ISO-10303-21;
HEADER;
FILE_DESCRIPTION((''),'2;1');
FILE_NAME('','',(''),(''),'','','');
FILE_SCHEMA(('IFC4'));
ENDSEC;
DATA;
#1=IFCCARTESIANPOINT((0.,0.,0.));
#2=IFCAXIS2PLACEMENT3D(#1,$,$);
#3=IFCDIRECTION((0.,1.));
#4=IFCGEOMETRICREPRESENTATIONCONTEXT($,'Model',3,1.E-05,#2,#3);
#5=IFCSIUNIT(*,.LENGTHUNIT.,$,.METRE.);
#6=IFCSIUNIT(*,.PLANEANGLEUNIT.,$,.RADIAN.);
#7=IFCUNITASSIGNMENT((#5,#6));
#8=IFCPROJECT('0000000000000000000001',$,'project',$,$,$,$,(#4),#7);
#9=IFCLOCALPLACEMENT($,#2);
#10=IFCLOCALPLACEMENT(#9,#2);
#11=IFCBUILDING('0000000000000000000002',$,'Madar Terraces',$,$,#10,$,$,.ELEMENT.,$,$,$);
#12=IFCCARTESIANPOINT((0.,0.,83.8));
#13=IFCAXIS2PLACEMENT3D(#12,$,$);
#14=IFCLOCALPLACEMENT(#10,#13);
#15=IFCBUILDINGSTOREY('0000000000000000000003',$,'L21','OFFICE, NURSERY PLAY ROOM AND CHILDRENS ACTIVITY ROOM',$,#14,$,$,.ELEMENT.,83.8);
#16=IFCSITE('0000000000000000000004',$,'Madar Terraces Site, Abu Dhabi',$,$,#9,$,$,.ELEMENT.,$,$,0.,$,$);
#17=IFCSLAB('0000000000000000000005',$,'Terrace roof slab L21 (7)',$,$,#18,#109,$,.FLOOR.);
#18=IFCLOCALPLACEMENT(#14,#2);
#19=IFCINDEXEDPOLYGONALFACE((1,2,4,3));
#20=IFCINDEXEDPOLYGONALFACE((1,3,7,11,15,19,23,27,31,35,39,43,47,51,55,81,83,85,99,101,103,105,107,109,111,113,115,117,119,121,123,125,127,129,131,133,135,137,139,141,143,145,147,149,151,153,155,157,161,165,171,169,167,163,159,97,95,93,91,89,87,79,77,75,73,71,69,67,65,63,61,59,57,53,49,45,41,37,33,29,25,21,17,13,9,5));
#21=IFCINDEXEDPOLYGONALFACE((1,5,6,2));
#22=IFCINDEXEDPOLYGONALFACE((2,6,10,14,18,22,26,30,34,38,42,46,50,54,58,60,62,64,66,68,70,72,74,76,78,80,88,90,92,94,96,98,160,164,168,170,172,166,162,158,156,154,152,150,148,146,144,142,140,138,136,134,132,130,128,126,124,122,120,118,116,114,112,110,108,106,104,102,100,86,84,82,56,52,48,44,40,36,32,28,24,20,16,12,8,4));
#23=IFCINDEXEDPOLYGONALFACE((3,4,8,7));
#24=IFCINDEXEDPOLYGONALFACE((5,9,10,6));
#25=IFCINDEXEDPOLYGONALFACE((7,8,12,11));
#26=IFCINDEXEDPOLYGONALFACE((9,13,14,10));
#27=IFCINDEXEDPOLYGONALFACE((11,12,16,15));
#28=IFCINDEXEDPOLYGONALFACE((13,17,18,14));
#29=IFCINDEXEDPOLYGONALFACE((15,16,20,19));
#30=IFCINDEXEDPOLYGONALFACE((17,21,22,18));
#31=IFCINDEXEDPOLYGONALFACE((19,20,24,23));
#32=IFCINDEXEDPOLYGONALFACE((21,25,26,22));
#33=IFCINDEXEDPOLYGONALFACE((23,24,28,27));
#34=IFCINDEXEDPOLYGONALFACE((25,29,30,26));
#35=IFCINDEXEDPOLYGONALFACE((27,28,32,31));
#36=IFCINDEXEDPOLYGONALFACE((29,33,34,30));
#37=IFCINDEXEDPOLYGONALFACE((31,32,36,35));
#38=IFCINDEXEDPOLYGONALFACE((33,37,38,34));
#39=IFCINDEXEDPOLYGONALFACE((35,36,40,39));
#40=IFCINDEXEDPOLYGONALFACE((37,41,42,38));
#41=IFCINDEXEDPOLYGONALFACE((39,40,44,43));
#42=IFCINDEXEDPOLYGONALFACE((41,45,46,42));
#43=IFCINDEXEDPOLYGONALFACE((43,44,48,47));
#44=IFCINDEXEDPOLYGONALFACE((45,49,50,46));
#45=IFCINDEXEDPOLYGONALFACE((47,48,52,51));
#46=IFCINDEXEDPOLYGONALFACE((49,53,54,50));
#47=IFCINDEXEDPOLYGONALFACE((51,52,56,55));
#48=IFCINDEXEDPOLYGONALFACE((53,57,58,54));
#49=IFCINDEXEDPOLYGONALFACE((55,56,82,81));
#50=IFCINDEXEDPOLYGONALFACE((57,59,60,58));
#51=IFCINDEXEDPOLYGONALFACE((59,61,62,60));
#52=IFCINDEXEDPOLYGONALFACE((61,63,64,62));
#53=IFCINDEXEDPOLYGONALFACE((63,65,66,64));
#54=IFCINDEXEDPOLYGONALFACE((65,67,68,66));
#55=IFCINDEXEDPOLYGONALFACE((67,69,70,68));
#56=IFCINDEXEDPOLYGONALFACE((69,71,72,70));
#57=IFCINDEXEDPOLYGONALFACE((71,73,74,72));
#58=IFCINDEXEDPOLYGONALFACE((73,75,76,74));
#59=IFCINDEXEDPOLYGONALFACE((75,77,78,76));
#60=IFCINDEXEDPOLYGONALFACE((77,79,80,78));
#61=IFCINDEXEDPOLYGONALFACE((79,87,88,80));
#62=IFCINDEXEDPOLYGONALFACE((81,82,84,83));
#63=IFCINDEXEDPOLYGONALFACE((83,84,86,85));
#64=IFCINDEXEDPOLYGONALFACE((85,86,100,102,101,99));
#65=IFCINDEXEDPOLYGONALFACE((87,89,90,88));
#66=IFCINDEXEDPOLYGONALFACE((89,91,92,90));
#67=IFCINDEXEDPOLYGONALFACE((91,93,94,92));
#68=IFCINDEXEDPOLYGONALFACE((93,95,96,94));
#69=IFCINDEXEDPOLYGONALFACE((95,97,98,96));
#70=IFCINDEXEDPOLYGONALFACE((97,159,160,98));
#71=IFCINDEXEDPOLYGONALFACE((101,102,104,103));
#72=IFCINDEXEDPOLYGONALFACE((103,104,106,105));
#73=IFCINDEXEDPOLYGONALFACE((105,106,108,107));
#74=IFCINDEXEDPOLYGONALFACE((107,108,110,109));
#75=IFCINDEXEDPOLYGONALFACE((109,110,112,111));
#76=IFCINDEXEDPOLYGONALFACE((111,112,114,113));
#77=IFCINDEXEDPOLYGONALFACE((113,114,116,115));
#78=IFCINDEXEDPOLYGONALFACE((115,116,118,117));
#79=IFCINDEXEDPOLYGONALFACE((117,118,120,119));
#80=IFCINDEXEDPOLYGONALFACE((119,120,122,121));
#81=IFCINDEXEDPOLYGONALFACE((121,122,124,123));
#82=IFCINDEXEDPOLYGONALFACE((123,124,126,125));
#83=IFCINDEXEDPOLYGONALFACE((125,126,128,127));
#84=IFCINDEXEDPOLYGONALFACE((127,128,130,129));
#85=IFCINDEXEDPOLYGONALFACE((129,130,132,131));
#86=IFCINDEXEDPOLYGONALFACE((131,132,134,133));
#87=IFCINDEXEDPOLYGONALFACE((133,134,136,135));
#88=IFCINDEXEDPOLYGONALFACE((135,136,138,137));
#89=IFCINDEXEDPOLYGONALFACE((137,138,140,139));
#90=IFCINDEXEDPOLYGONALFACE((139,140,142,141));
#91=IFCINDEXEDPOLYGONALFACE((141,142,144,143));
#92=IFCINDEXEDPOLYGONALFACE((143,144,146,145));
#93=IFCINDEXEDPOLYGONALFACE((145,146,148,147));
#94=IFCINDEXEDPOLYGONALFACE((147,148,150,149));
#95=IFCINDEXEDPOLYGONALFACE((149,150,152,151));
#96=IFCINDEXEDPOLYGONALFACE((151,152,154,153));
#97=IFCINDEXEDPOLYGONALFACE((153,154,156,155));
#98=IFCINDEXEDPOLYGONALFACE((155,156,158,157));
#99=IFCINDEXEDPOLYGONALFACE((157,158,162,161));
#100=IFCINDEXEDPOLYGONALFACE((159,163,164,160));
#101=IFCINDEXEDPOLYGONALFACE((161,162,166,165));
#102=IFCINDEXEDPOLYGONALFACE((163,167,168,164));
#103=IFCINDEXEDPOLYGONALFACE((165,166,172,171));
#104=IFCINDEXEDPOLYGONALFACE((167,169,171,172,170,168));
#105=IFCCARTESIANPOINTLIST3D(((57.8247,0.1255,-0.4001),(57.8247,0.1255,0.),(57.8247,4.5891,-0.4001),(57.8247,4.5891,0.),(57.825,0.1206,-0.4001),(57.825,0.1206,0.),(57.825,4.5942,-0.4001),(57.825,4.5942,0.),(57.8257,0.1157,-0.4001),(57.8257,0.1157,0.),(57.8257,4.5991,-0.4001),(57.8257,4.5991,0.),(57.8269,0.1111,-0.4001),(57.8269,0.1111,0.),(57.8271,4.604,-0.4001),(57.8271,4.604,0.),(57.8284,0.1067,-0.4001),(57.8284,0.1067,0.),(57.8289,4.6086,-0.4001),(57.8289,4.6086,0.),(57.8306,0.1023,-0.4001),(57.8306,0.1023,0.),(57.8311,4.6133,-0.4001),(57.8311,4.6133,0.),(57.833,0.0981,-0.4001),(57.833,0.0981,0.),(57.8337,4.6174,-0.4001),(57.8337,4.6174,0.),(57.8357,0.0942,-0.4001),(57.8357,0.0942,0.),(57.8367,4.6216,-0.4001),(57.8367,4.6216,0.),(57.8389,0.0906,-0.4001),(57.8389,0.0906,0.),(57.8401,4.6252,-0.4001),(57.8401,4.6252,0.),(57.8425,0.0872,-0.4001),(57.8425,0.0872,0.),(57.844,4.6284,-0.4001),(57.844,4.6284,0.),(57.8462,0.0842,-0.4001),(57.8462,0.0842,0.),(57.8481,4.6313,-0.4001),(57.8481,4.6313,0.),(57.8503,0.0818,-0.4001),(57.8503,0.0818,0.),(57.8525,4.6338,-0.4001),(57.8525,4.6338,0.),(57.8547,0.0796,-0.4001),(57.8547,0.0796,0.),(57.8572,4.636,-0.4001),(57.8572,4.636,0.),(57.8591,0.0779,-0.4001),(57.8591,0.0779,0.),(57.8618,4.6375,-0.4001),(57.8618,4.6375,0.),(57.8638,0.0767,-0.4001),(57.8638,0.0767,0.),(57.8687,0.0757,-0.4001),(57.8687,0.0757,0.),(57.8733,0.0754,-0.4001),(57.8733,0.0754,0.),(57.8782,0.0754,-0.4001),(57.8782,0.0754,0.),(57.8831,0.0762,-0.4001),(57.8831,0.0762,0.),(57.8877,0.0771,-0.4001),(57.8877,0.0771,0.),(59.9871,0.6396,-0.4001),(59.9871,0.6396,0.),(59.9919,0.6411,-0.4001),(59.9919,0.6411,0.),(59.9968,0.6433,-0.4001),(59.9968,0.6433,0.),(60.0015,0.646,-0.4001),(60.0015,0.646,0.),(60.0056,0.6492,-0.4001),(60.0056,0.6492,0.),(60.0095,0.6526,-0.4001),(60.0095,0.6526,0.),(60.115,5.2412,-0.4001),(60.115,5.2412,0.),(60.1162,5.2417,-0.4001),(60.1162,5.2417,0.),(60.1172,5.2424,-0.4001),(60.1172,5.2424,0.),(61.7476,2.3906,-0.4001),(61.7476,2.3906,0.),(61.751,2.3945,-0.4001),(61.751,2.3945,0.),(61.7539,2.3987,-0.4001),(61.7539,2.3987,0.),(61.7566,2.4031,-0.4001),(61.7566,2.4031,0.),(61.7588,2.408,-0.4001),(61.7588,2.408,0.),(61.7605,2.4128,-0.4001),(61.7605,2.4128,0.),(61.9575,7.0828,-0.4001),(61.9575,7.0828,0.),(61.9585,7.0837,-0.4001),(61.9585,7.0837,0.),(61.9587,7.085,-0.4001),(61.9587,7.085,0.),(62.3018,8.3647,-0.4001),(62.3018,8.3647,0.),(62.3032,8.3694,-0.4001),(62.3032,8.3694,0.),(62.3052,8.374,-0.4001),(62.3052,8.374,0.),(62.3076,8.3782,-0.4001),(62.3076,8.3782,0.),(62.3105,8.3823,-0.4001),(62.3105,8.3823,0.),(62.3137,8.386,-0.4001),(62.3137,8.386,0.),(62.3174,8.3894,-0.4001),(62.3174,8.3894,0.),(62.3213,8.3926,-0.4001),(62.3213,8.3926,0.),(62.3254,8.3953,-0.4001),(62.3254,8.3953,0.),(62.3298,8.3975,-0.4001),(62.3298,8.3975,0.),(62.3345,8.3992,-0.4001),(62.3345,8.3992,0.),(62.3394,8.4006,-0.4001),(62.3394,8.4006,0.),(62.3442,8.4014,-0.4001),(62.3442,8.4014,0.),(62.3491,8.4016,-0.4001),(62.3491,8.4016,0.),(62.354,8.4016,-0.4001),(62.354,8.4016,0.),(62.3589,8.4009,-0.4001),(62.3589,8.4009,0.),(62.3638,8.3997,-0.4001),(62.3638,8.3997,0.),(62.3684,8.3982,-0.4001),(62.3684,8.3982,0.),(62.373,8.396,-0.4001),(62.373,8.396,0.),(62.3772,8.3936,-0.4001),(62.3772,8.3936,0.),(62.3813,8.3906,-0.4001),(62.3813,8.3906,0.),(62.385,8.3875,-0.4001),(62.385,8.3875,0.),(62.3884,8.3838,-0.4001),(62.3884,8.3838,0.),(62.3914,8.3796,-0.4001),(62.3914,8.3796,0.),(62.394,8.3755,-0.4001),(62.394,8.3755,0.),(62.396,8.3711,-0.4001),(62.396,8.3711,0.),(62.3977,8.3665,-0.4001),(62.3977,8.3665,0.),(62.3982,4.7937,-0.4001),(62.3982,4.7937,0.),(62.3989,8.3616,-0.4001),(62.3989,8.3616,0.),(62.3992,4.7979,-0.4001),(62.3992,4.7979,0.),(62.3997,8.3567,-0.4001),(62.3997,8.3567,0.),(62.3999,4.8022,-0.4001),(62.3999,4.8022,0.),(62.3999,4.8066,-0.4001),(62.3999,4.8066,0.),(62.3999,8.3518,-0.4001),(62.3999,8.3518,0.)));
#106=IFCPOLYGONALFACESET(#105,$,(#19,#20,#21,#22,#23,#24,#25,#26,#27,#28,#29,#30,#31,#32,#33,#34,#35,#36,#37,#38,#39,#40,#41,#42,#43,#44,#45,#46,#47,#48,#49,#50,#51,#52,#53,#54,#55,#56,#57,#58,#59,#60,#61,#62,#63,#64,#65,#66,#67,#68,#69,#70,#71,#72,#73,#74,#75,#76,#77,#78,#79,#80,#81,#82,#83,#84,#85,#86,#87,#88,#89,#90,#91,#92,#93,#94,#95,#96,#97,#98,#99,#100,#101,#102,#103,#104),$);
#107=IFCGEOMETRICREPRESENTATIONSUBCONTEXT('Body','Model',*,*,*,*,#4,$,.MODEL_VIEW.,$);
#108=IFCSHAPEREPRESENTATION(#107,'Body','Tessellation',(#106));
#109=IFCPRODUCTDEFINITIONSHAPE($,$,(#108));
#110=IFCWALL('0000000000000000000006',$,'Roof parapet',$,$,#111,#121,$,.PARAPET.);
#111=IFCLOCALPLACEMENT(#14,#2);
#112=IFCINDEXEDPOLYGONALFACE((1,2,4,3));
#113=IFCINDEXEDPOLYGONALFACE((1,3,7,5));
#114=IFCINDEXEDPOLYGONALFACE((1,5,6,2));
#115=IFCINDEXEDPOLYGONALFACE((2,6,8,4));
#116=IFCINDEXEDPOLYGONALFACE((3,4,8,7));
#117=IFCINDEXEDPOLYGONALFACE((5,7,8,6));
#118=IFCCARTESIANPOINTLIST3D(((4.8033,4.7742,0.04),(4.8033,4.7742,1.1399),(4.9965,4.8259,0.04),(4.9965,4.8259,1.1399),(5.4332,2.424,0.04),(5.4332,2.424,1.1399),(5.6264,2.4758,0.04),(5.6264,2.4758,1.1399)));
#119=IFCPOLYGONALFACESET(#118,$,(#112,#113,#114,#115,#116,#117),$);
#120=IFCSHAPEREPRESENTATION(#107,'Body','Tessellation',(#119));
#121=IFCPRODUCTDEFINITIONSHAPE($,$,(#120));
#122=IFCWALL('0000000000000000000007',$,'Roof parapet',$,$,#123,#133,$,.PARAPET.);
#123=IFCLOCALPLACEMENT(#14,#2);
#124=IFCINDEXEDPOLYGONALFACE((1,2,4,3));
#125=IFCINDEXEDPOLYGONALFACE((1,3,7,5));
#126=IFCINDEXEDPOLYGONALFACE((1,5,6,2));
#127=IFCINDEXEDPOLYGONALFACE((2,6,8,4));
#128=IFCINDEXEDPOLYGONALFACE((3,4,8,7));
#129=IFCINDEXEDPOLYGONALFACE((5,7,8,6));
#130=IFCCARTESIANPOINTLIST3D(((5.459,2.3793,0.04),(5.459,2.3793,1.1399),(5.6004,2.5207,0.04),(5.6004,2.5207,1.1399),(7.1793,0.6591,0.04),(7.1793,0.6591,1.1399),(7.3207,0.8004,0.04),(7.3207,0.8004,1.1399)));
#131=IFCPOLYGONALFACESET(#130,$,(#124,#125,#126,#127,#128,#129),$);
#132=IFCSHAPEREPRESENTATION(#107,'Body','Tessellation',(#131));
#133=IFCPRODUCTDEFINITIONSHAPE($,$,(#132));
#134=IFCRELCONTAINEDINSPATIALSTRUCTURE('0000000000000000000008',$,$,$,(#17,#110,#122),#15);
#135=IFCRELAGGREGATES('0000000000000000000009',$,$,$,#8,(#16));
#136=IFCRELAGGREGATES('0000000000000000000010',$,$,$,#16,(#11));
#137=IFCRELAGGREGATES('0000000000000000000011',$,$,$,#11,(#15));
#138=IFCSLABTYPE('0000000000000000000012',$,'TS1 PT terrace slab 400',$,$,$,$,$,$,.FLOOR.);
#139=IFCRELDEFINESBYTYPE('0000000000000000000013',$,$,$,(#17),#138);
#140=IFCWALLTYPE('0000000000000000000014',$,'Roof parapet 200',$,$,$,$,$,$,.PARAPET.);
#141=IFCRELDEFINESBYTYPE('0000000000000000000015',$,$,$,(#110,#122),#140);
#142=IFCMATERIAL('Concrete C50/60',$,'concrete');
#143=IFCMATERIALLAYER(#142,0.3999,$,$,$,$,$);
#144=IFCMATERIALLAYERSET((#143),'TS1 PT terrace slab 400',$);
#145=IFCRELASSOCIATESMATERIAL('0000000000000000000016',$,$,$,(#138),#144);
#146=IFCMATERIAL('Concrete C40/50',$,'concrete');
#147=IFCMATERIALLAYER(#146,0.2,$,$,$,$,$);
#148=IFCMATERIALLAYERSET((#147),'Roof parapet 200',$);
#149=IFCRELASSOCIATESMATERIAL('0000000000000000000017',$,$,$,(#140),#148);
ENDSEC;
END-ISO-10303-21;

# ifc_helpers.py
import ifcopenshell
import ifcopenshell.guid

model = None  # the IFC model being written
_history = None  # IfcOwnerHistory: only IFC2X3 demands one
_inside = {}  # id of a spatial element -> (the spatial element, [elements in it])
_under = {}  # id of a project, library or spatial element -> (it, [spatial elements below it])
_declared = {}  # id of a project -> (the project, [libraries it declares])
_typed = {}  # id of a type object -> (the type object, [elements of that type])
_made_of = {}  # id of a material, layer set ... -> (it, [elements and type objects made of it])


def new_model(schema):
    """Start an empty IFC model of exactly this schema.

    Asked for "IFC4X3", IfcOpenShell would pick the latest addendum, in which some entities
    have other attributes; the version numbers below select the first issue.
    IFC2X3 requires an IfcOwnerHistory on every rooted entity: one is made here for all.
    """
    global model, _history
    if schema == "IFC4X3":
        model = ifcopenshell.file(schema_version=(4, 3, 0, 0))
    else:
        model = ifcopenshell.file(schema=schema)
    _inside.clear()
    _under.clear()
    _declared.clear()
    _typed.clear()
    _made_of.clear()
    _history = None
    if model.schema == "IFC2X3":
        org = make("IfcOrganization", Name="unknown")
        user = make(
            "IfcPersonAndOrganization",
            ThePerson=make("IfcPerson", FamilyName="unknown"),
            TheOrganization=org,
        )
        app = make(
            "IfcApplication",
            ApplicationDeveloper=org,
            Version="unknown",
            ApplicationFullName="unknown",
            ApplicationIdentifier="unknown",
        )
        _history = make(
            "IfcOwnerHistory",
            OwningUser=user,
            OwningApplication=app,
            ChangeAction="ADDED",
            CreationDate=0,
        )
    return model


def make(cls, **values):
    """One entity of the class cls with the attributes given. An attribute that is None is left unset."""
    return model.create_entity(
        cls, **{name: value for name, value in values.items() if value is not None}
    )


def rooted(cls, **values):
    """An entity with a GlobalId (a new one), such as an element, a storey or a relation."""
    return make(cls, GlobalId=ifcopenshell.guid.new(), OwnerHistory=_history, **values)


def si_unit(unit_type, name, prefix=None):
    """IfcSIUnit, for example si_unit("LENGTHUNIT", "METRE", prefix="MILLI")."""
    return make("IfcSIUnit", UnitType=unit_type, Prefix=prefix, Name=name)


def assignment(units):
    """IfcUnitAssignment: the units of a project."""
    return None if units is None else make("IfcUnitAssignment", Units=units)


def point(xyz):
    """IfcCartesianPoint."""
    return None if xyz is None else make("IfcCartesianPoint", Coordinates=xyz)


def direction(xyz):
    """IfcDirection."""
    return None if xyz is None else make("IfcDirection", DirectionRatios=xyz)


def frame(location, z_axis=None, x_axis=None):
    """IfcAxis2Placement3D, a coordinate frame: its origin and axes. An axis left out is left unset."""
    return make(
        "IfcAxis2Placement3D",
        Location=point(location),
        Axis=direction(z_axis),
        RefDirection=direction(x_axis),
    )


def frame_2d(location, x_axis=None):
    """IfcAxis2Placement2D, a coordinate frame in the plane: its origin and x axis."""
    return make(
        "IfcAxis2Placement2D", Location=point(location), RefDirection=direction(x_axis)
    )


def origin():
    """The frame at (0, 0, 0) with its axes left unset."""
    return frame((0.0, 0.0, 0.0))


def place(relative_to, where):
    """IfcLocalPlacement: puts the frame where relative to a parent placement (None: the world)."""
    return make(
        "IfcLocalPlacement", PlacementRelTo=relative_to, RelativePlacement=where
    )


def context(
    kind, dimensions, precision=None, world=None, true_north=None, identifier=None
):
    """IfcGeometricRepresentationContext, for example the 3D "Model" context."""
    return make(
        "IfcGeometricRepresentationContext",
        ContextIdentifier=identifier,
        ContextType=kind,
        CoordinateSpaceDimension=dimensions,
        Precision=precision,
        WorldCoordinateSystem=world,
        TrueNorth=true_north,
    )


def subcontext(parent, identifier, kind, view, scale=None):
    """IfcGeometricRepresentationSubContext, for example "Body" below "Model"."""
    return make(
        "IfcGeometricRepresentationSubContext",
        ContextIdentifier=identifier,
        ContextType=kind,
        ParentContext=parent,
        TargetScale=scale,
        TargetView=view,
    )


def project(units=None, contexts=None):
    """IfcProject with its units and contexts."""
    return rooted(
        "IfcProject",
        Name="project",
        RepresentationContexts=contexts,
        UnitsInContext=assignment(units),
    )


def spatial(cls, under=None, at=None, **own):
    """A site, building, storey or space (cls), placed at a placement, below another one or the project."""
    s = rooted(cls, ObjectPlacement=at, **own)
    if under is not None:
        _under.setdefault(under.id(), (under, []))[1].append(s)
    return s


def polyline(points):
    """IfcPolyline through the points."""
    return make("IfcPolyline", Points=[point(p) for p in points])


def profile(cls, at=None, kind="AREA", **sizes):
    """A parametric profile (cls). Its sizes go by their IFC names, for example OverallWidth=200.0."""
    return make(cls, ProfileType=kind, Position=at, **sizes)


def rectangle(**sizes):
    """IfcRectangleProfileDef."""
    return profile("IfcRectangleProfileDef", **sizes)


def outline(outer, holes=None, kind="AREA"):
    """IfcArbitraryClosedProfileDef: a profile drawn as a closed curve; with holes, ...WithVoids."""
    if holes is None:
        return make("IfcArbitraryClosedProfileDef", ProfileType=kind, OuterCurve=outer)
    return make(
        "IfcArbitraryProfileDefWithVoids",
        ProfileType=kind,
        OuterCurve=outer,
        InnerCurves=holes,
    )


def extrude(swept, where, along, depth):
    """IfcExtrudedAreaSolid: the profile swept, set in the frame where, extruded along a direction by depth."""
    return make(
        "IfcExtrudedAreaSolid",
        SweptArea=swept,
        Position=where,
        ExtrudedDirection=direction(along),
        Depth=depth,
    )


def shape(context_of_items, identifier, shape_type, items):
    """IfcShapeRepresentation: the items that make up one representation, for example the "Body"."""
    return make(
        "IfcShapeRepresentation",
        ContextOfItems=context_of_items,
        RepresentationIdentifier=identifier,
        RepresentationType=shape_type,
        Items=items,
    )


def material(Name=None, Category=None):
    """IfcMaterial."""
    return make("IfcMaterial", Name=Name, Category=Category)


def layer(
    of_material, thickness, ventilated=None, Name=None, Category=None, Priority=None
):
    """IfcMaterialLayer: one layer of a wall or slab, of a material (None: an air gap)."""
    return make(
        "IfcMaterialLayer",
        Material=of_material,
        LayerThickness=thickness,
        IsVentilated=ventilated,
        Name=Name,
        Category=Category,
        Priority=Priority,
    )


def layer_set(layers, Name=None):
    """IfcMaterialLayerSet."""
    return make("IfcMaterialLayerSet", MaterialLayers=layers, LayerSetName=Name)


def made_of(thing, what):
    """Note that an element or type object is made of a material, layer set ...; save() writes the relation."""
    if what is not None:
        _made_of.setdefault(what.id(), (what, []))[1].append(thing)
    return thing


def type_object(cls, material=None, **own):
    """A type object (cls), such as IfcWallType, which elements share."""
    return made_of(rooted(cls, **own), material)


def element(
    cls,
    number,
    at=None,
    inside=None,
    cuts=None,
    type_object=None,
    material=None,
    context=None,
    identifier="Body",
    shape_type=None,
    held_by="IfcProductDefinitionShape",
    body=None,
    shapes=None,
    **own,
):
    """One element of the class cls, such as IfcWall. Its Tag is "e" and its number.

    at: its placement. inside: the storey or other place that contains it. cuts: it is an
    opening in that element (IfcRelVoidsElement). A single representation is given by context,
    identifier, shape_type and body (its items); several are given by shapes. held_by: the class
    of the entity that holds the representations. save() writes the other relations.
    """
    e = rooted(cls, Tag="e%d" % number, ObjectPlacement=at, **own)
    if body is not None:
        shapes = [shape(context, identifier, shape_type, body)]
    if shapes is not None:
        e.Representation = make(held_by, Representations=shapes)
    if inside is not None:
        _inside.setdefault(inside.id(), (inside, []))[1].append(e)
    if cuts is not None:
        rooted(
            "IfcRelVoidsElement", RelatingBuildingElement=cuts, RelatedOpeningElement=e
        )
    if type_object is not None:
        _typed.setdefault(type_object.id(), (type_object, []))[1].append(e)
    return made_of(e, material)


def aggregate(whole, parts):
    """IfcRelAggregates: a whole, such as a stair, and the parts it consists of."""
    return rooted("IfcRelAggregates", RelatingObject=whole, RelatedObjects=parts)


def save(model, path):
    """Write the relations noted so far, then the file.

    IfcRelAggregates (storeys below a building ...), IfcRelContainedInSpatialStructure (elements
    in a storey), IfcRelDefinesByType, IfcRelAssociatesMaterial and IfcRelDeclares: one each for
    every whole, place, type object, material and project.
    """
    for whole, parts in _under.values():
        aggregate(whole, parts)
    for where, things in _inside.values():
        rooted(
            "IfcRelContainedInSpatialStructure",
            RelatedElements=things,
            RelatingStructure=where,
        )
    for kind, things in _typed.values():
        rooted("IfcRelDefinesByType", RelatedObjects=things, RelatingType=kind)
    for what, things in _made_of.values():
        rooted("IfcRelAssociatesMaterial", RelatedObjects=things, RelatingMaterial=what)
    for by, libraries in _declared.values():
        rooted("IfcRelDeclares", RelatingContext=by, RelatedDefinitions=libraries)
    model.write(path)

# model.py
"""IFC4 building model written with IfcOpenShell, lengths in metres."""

from ifc_helpers import new_model, si_unit, direction, frame, frame_2d, origin, place, context, subcontext, project, spatial, polyline, rectangle, outline, extrude, material, layer, layer_set, type_object, element, save


model = new_model("IFC4")

# Units and contexts
model_context = context("Model", 3, precision=1e-05, world=origin(), true_north=direction((0.0, 1.0)))
body_context = subcontext(model_context, "Body", "Model", "MODEL_VIEW")
ifc_project = project(units=[si_unit("LENGTHUNIT", "METRE"), si_unit("PLANEANGLEUNIT", "RADIAN")], contexts=[model_context])

# Site, building, storey
site_placement = place(None, origin())
site = spatial("IfcSite", under=ifc_project, at=site_placement, Name="Madar Terraces Site, Abu Dhabi", CompositionType="ELEMENT", RefElevation=0.0)
building_placement = place(site_placement, origin())
building = spatial("IfcBuilding", under=site, at=building_placement, Name="Madar Terraces", CompositionType="ELEMENT")
storey_placement = place(building_placement, frame((0.0, 0.0, 83.8)))
storey = spatial("IfcBuildingStorey", under=building, at=storey_placement, Name="L21", Description="OFFICE, NURSERY PLAY ROOM AND CHILDRENS ACTIVITY ROOM", CompositionType="ELEMENT", Elevation=83.8)

# Slab
ifc_material_1 = material(Name="Concrete C50/60", Category="concrete")
ifc_layer_1 = layer(ifc_material_1, 0.3999)
ifc_layer_set_1 = layer_set([ifc_layer_1], Name="TS1 PT terrace slab 400")
slab_type_1 = type_object("IfcSlabType", Name="TS1 PT terrace slab 400", PredefinedType="FLOOR", material=ifc_layer_set_1)
slab_1_placement = place(storey_placement, frame((0.0, 0.0, -0.4001)))
element("IfcSlab", 1, at=slab_1_placement, inside=storey, type_object=slab_type_1, Name="Terrace roof slab L21 (7)", PredefinedType="FLOOR", context=body_context, shape_type="SweptSolid", body=[
    extrude(outline(polyline([(61.9575, 7.0828), (60.1172, 5.2424), (60.1162, 5.2417), (60.115, 5.2412), (57.8618, 4.6375), (57.8572, 4.636), (57.8525, 4.6338), (57.8481, 4.6313), (57.844, 4.6284), (57.8401, 4.6252), (57.8367, 4.6216), (57.8337, 4.6174), (57.8311, 4.6133), (57.8289, 4.6086), (57.8271, 4.604), (57.8257, 4.5991), (57.825, 4.5942), (57.8247, 4.5891), (57.8247, 0.1255), (57.825, 0.1206), (57.8257, 0.1157), (57.8269, 0.1111), (57.8284, 0.1067), (57.8306, 0.1023), (57.833, 0.0981), (57.8357, 0.0942), (57.8389, 0.0906), (57.8425, 0.0872), (57.8462, 0.0842), (57.8503, 0.0818), (57.8547, 0.0796), (57.8591, 0.0779), (57.8638, 0.0767), (57.8687, 0.0757), (57.8733, 0.0754), (57.8782, 0.0754), (57.8831, 0.0762), (57.8877, 0.0771), (59.9871, 0.6396), (59.9919, 0.6411), (59.9968, 0.6433), (60.0015, 0.646), (60.0056, 0.6492), (60.0095, 0.6526), (61.7476, 2.3906), (61.751, 2.3945), (61.7539, 2.3987), (61.7566, 2.4031), (61.7588, 2.408), (61.7605, 2.4128), (62.3982, 4.7937), (62.3992, 4.7979), (62.3999, 4.8022), (62.3999, 4.8066), (62.3999, 8.3518), (62.3997, 8.3567), (62.3989, 8.3616), (62.3977, 8.3665), (62.396, 8.3711), (62.394, 8.3755), (62.3914, 8.3796), (62.3884, 8.3838), (62.385, 8.3875), (62.3813, 8.3906), (62.3772, 8.3936), (62.373, 8.396), (62.3684, 8.3982), (62.3638, 8.3997), (62.3589, 8.4009), (62.354, 8.4016), (62.3491, 8.4016), (62.3442, 8.4014), (62.3394, 8.4006), (62.3345, 8.3992), (62.3298, 8.3975), (62.3254, 8.3953), (62.3213, 8.3926), (62.3174, 8.3894), (62.3137, 8.386), (62.3105, 8.3823), (62.3076, 8.3782), (62.3052, 8.374), (62.3032, 8.3694), (62.3018, 8.3647), (61.9587, 7.085), (61.9585, 7.0837), (61.9575, 7.0828)])), origin(), (0.0, 0.0, 1.0), 0.4001),
])

# Walls
ifc_material_2 = material(Name="Concrete C40/50", Category="concrete")
ifc_layer_2 = layer(ifc_material_2, 0.2)
ifc_layer_set_2 = layer_set([ifc_layer_2], Name="Roof parapet 200")
wall_type = type_object("IfcWallType", Name="Roof parapet 200", PredefinedType="PARAPET", material=ifc_layer_set_2)
wall_1_placement = place(storey_placement, frame((4.8999, 4.8, 0.04), z_axis=(0.0, 0.0, 1.0), x_axis=(0.258887, -0.965908, 0.0)))
element("IfcWall", 2, at=wall_1_placement, inside=storey, type_object=wall_type, Name="Roof parapet", PredefinedType="PARAPET", context=body_context, shape_type="SweptSolid", body=[
    extrude(rectangle(XDim=2.4331, YDim=0.2, at=frame_2d((1.2166, 0.0))), origin(), (0.0, 0.0, 1.0), 1.0999),
])
wall_2_placement = place(storey_placement, frame((5.5298, 2.45, 0.04), z_axis=(0.0, 0.0, 1.0), x_axis=(0.707107, -0.707107, 0.0)))
element("IfcWall", 3, at=wall_2_placement, inside=storey, type_object=wall_type, Name="Roof parapet", PredefinedType="PARAPET", context=body_context, shape_type="SweptSolid", body=[
    extrude(rectangle(XDim=2.4329, YDim=0.2, at=frame_2d((1.2163, 0.0))), origin(), (0.0, 0.0, 1.0), 1.0999),
])

save(model, "model.ifc")
